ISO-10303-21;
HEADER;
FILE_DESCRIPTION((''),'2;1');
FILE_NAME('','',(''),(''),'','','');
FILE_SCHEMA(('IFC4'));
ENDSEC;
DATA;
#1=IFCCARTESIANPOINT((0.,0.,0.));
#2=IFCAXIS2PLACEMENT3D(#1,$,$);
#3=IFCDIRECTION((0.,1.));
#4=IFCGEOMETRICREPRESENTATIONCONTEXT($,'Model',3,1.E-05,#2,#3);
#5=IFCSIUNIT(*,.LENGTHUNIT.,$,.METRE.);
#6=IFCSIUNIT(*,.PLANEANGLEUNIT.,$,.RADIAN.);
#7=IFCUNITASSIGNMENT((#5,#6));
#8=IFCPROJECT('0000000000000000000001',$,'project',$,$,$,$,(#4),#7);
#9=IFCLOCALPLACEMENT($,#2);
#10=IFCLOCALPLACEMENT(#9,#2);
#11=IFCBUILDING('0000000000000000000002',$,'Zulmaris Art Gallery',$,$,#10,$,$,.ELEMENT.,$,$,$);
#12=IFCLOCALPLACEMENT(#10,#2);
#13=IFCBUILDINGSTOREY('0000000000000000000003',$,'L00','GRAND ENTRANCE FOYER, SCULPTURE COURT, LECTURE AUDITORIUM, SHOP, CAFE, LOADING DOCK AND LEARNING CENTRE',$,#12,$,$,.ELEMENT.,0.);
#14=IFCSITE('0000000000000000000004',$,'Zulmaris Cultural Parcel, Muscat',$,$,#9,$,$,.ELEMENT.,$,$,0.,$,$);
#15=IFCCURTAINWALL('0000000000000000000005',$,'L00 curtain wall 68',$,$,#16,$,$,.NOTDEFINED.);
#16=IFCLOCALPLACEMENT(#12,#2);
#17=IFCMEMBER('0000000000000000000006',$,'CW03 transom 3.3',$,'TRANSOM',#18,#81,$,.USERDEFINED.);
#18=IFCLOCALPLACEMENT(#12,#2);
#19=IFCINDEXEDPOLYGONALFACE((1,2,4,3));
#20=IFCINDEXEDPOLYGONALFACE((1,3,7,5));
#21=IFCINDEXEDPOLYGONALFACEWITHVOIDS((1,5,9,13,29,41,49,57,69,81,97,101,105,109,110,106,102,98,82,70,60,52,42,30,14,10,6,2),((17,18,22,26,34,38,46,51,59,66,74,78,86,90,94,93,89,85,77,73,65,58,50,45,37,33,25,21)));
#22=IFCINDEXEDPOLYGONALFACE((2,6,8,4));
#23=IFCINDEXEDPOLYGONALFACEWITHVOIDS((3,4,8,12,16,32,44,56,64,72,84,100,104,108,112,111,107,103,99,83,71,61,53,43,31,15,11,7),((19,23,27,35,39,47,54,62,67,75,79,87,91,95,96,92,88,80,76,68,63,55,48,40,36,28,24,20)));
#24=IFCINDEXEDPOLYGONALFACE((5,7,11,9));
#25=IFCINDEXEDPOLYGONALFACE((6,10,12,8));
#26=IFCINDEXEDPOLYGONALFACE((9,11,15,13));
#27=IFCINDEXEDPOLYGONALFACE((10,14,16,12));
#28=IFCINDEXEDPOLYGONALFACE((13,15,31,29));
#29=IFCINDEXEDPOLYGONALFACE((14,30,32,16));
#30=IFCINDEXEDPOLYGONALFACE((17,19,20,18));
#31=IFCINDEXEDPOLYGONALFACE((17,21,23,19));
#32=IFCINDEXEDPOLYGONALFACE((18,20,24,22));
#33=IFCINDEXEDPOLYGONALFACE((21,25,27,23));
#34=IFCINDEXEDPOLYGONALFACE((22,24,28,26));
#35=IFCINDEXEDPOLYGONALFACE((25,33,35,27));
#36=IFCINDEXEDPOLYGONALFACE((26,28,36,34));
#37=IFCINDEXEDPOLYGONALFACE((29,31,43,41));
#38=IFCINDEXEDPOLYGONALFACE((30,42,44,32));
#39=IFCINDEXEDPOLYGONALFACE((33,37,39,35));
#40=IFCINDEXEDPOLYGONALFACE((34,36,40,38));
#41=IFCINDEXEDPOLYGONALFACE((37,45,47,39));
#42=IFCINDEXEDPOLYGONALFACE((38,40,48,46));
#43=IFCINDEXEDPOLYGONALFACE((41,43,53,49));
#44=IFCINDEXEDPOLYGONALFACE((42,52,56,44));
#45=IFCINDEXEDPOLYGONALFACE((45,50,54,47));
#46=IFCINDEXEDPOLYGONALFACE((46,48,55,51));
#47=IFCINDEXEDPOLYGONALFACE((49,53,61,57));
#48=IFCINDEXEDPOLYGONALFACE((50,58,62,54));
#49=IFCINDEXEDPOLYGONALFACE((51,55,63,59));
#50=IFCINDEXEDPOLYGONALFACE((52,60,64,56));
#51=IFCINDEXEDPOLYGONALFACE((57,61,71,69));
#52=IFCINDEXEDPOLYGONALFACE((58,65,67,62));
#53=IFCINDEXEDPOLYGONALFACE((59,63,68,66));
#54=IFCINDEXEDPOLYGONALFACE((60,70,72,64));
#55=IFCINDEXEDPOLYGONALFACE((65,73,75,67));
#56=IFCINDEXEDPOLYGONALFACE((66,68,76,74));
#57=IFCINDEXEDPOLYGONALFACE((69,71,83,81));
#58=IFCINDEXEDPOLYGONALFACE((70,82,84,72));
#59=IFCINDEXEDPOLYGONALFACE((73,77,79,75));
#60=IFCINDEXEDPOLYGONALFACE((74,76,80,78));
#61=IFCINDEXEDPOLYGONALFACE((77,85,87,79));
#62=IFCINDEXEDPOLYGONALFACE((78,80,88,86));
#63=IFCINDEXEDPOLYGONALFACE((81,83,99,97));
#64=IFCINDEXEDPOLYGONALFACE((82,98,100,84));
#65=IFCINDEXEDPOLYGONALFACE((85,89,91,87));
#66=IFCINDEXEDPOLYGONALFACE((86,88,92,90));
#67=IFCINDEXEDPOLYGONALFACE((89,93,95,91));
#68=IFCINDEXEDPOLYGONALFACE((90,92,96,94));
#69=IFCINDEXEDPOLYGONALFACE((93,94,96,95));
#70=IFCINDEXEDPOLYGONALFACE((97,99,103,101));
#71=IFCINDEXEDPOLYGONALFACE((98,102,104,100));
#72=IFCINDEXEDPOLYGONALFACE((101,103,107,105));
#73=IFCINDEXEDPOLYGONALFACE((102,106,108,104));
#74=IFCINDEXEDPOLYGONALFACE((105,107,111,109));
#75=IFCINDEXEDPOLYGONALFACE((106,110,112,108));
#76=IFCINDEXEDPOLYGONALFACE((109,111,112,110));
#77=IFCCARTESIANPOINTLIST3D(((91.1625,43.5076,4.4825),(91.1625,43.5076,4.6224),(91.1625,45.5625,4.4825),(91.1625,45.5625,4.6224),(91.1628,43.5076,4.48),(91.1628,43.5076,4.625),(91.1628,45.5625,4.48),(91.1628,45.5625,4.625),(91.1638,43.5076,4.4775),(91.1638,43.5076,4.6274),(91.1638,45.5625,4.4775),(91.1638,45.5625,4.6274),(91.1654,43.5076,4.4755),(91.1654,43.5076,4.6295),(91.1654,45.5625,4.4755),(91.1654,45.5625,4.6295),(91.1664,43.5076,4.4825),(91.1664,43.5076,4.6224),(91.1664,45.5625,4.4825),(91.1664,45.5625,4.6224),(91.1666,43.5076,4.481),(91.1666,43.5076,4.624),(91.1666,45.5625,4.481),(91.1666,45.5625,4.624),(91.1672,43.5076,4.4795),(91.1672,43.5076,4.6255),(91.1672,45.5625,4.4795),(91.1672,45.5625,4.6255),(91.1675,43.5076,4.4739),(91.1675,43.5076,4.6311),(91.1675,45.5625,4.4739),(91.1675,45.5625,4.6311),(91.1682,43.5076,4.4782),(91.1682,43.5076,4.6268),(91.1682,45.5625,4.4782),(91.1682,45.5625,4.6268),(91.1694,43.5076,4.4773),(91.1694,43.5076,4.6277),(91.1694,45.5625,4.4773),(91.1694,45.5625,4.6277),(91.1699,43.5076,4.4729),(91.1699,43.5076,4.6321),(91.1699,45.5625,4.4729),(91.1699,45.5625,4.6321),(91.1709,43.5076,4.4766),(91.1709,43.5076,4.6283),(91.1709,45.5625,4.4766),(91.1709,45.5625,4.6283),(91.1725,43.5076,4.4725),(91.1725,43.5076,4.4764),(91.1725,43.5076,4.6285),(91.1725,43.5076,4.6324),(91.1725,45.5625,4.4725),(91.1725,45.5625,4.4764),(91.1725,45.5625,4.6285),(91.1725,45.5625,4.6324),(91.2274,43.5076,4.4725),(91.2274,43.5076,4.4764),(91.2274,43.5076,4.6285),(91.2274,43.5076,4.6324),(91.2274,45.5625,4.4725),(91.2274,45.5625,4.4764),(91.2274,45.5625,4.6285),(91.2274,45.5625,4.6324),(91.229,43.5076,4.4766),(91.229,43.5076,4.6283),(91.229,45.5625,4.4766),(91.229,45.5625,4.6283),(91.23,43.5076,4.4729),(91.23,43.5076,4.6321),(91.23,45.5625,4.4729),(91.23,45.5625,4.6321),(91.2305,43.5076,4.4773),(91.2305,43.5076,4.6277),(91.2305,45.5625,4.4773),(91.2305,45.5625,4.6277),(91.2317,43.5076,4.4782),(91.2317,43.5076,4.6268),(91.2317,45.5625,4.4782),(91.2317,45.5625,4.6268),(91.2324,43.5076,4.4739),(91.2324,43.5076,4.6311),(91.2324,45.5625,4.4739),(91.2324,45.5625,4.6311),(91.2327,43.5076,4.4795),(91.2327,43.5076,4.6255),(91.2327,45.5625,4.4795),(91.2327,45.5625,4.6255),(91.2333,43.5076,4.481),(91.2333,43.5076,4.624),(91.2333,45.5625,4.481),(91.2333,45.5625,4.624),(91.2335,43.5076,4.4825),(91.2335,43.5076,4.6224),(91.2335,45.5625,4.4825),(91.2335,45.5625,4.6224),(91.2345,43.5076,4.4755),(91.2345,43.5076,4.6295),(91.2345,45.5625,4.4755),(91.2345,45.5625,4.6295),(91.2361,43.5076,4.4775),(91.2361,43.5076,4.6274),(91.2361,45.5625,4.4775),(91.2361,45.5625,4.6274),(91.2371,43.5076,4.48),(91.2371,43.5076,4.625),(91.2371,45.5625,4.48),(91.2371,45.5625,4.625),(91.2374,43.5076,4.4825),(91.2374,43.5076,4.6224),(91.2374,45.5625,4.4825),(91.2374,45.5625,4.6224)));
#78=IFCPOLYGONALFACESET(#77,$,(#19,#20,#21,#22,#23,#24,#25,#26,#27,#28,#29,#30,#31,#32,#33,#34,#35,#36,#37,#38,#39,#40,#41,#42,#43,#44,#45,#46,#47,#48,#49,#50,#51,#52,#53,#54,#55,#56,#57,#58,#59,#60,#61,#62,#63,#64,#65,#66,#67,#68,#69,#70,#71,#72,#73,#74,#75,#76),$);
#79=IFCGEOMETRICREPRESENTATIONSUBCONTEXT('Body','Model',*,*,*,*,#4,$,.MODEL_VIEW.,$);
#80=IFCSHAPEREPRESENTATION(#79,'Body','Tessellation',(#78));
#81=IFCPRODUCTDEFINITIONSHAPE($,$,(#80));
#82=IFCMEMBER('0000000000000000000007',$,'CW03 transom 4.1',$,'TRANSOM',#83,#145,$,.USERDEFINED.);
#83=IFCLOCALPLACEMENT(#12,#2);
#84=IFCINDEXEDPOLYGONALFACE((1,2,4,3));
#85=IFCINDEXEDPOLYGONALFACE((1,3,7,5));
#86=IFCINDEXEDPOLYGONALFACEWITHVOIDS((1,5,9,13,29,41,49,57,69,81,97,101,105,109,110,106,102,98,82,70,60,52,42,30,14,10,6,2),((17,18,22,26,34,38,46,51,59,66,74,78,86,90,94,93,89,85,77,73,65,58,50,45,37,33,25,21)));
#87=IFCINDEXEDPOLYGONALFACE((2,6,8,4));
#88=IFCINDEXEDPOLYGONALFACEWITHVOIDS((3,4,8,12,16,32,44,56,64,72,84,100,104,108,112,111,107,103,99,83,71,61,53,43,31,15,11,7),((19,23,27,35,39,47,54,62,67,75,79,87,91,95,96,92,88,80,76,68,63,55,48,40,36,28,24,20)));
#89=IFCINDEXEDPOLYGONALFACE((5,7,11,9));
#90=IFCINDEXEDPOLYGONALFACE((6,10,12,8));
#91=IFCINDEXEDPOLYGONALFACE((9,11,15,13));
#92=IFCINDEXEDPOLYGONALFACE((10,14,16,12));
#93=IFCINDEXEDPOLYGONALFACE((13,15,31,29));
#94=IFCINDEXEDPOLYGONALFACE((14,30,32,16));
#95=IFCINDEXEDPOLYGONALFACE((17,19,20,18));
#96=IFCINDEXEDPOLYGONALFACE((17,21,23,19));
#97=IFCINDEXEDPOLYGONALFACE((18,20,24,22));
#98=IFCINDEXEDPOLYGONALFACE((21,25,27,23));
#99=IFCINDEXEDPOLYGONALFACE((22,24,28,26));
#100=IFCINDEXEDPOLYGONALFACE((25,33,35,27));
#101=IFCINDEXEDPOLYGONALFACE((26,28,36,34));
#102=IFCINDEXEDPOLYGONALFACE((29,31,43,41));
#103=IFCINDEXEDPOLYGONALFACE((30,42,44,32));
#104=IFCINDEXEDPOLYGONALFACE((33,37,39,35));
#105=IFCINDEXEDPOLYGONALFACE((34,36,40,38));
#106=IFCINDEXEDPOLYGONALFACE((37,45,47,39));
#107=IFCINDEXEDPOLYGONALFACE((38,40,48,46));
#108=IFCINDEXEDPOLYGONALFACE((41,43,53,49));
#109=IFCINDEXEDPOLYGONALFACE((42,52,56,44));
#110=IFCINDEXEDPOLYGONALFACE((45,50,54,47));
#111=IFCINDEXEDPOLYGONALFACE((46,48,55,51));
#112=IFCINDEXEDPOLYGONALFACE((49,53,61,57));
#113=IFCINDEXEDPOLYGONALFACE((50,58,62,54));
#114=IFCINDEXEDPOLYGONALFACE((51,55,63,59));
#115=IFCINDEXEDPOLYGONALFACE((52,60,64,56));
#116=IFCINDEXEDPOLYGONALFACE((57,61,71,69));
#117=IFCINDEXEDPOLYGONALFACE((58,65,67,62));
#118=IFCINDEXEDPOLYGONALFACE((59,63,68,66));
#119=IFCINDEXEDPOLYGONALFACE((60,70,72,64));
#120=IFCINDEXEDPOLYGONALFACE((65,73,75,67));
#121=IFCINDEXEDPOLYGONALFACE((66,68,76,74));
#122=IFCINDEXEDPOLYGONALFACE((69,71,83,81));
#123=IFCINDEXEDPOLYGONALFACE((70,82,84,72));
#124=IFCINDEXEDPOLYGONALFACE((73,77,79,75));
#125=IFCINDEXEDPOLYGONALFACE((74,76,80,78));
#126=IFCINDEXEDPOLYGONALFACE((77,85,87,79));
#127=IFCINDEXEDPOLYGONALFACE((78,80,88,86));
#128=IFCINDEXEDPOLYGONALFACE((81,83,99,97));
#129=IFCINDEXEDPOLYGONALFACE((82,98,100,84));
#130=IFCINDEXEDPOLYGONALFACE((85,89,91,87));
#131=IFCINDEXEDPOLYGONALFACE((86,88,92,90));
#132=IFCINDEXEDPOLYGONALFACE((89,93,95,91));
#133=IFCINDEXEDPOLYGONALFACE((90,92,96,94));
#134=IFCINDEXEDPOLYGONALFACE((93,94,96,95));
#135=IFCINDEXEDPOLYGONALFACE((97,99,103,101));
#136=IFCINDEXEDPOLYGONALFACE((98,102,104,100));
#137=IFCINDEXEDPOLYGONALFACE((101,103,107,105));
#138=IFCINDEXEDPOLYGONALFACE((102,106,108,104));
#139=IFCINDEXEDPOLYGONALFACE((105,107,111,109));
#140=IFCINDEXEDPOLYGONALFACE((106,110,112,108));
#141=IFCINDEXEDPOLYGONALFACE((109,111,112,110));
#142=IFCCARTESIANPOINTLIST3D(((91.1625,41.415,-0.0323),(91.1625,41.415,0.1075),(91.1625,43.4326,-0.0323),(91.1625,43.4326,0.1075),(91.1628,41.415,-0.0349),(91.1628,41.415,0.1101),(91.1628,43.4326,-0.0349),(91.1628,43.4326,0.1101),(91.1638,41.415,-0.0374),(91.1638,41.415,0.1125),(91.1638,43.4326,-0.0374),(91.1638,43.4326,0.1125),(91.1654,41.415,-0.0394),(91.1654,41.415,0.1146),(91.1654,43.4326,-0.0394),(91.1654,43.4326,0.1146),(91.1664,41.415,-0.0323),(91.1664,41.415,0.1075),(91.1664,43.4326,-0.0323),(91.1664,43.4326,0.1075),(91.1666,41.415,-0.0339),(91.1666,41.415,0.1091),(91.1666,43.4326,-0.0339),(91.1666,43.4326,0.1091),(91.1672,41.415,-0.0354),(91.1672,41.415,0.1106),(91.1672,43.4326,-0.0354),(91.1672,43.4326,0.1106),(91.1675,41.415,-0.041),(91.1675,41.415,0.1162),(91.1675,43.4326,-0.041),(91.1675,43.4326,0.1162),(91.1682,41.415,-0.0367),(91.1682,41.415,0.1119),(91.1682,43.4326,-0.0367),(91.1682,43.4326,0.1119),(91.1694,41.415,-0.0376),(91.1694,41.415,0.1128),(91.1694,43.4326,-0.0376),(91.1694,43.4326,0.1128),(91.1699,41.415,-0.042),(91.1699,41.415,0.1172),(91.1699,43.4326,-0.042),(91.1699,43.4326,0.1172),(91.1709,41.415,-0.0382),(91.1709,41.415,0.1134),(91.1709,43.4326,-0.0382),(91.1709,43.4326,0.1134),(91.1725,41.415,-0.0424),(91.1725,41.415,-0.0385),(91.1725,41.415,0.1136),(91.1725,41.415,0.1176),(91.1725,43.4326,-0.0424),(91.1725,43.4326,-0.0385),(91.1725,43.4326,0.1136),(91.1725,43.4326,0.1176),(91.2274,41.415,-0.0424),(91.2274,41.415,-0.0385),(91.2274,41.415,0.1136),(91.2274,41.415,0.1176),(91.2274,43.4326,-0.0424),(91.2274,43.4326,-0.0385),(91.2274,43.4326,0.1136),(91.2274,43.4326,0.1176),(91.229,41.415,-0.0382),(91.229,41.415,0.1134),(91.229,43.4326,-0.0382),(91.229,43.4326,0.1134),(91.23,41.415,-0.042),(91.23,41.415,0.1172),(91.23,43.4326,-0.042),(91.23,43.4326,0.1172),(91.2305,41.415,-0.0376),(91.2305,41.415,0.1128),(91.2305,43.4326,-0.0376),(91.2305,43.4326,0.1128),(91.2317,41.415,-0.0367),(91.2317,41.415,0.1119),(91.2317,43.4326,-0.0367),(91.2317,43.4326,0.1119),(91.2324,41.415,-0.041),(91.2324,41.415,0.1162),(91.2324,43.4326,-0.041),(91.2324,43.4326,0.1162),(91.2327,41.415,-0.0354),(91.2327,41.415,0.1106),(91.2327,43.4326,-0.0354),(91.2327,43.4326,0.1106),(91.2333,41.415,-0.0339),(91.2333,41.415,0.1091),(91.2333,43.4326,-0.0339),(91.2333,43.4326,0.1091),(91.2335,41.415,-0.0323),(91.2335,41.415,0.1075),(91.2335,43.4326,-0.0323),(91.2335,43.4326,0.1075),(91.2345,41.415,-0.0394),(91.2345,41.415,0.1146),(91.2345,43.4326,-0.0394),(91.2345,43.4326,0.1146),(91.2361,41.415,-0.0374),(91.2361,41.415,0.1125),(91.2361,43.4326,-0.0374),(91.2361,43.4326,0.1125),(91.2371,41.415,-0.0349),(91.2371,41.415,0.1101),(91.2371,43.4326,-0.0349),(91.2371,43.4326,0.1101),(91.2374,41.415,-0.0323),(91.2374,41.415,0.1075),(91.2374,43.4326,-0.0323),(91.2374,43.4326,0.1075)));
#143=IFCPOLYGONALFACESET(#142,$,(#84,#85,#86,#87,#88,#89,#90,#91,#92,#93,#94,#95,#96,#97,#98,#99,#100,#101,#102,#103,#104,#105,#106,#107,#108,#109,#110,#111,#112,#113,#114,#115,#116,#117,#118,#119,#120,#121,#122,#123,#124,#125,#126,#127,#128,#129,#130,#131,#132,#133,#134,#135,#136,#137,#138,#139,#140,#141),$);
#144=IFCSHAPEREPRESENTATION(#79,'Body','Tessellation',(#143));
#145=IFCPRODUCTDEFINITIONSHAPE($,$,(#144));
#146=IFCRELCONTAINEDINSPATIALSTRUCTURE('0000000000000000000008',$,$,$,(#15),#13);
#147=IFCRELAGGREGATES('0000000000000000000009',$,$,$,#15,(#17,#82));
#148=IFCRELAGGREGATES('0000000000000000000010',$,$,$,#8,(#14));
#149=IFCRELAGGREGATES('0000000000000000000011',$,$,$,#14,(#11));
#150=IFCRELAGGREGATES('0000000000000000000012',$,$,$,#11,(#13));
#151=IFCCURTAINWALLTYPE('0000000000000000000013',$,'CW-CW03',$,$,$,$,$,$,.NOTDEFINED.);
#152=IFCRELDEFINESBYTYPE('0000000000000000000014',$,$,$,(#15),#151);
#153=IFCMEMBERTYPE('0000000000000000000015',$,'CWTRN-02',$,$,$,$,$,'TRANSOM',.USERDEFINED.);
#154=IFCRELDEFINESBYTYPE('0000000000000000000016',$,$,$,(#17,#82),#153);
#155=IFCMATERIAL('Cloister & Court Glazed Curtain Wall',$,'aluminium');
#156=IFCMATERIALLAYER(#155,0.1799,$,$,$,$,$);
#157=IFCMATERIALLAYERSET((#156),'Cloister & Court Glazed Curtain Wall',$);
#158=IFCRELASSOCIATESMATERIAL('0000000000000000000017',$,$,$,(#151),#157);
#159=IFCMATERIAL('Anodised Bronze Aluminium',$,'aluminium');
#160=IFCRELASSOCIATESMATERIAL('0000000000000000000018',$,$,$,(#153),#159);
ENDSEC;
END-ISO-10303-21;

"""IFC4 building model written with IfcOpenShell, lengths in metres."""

from ifc_helpers import new_model, si_unit, direction, frame, origin, origin_2d, place, context, subcontext, project, spatial, hollow_rectangle, extrude, material, layer, layer_set, material_profile, profile_set, type_object, element, aggregate, save


model = new_model("IFC4")

# Units and contexts
model_context = context("Model", 3, precision=1e-05, world=origin(), true_north=direction((0.0, 1.0)))
body_context = subcontext(model_context, "Body", "Model", "MODEL_VIEW")
ifc_project = project(units=[si_unit("LENGTHUNIT", "METRE"), si_unit("PLANEANGLEUNIT", "RADIAN")], contexts=[model_context])

# Site, building, storey
site_placement = place(None, origin())
site = spatial("IfcSite", under=ifc_project, at=site_placement, Name="Zulmaris Cultural Parcel, Muscat", CompositionType="ELEMENT", RefElevation=0.0)
building_placement = place(site_placement, origin())
building = spatial("IfcBuilding", under=site, at=building_placement, Name="Zulmaris Art Gallery", CompositionType="ELEMENT")
storey_placement = place(building_placement, origin())
storey = spatial("IfcBuildingStorey", under=building, at=storey_placement, Name="L00", Description="GRAND ENTRANCE FOYER, SCULPTURE COURT, LECTURE AUDITORIUM, SHOP, CAFE, LOADING DOCK AND LEARNING CENTRE", CompositionType="ELEMENT", Elevation=0.0)

# Shared definitions
ifc_material_1 = material(Name="Cloister & Court Glazed Curtain Wall", Category="aluminium")
ifc_layer_1 = layer(ifc_material_1, 0.1799)
ifc_layer_set_1 = layer_set([ifc_layer_1], Name="Cloister & Court Glazed Curtain Wall")
curtain_wall_type = type_object("IfcCurtainWallType", Name="CW-CW03", PredefinedType="NOTDEFINED", material=ifc_layer_set_1)
ifc_material_2 = material(Name="Anodised Bronze Aluminium", Category="aluminium")

# Curtain wall
curtain_wall_1_placement = place(storey_placement, origin())
curtain_wall_1 = element("IfcCurtainWall", 1, at=curtain_wall_1_placement, inside=storey, type_object=curtain_wall_type, Name="L00 curtain wall 68", PredefinedType="NOTDEFINED")

# Members
ifc_material_profile_1 = material_profile(ifc_material_2, hollow_rectangle(XDim=0.075, YDim=0.1599, WallThickness=0.0039, InnerFilletRadius=0.0061, OuterFilletRadius=0.01, at=origin_2d()), Name="ALU 75x160x4")
ifc_profile_set_1 = profile_set([ifc_material_profile_1], Name="Anodised Bronze Aluminium")
member_type_1 = type_object("IfcMemberType", Name="CWTRN-02", ElementType="TRANSOM", PredefinedType="USERDEFINED", material=ifc_profile_set_1)
member_1_placement = place(storey_placement, frame((91.2, 45.5625, 4.5525), z_axis=(0.0, -1.0, 0.0), x_axis=(1.0, 0.0, 0.0)))
member_1 = element("IfcMember", 2, at=member_1_placement, type_object=member_type_1, Name="CW03 transom 3.3", ObjectType="TRANSOM", PredefinedType="USERDEFINED", context=body_context, shape_type="SweptSolid", body=[
    extrude(hollow_rectangle(XDim=0.075, YDim=0.1599, WallThickness=0.0039, InnerFilletRadius=0.0061, OuterFilletRadius=0.01, at=origin_2d()), origin(), (0.0, 0.0, 1.0), 2.0549),
])
member_2_placement = place(storey_placement, frame((91.2, 43.4326, 0.0376), z_axis=(0.0, -1.0, 0.0), x_axis=(1.0, 0.0, 0.0)))
member_2 = element("IfcMember", 3, at=member_2_placement, type_object=member_type_1, Name="CW03 transom 4.1", ObjectType="TRANSOM", PredefinedType="USERDEFINED", context=body_context, shape_type="SweptSolid", body=[
    extrude(hollow_rectangle(XDim=0.075, YDim=0.1599, WallThickness=0.0039, InnerFilletRadius=0.0061, OuterFilletRadius=0.01, at=origin_2d()), origin(), (0.0, 0.0, 1.0), 2.0176),
])

aggregate(curtain_wall_1, [member_1, member_2])

save(model, "model.ifc")
